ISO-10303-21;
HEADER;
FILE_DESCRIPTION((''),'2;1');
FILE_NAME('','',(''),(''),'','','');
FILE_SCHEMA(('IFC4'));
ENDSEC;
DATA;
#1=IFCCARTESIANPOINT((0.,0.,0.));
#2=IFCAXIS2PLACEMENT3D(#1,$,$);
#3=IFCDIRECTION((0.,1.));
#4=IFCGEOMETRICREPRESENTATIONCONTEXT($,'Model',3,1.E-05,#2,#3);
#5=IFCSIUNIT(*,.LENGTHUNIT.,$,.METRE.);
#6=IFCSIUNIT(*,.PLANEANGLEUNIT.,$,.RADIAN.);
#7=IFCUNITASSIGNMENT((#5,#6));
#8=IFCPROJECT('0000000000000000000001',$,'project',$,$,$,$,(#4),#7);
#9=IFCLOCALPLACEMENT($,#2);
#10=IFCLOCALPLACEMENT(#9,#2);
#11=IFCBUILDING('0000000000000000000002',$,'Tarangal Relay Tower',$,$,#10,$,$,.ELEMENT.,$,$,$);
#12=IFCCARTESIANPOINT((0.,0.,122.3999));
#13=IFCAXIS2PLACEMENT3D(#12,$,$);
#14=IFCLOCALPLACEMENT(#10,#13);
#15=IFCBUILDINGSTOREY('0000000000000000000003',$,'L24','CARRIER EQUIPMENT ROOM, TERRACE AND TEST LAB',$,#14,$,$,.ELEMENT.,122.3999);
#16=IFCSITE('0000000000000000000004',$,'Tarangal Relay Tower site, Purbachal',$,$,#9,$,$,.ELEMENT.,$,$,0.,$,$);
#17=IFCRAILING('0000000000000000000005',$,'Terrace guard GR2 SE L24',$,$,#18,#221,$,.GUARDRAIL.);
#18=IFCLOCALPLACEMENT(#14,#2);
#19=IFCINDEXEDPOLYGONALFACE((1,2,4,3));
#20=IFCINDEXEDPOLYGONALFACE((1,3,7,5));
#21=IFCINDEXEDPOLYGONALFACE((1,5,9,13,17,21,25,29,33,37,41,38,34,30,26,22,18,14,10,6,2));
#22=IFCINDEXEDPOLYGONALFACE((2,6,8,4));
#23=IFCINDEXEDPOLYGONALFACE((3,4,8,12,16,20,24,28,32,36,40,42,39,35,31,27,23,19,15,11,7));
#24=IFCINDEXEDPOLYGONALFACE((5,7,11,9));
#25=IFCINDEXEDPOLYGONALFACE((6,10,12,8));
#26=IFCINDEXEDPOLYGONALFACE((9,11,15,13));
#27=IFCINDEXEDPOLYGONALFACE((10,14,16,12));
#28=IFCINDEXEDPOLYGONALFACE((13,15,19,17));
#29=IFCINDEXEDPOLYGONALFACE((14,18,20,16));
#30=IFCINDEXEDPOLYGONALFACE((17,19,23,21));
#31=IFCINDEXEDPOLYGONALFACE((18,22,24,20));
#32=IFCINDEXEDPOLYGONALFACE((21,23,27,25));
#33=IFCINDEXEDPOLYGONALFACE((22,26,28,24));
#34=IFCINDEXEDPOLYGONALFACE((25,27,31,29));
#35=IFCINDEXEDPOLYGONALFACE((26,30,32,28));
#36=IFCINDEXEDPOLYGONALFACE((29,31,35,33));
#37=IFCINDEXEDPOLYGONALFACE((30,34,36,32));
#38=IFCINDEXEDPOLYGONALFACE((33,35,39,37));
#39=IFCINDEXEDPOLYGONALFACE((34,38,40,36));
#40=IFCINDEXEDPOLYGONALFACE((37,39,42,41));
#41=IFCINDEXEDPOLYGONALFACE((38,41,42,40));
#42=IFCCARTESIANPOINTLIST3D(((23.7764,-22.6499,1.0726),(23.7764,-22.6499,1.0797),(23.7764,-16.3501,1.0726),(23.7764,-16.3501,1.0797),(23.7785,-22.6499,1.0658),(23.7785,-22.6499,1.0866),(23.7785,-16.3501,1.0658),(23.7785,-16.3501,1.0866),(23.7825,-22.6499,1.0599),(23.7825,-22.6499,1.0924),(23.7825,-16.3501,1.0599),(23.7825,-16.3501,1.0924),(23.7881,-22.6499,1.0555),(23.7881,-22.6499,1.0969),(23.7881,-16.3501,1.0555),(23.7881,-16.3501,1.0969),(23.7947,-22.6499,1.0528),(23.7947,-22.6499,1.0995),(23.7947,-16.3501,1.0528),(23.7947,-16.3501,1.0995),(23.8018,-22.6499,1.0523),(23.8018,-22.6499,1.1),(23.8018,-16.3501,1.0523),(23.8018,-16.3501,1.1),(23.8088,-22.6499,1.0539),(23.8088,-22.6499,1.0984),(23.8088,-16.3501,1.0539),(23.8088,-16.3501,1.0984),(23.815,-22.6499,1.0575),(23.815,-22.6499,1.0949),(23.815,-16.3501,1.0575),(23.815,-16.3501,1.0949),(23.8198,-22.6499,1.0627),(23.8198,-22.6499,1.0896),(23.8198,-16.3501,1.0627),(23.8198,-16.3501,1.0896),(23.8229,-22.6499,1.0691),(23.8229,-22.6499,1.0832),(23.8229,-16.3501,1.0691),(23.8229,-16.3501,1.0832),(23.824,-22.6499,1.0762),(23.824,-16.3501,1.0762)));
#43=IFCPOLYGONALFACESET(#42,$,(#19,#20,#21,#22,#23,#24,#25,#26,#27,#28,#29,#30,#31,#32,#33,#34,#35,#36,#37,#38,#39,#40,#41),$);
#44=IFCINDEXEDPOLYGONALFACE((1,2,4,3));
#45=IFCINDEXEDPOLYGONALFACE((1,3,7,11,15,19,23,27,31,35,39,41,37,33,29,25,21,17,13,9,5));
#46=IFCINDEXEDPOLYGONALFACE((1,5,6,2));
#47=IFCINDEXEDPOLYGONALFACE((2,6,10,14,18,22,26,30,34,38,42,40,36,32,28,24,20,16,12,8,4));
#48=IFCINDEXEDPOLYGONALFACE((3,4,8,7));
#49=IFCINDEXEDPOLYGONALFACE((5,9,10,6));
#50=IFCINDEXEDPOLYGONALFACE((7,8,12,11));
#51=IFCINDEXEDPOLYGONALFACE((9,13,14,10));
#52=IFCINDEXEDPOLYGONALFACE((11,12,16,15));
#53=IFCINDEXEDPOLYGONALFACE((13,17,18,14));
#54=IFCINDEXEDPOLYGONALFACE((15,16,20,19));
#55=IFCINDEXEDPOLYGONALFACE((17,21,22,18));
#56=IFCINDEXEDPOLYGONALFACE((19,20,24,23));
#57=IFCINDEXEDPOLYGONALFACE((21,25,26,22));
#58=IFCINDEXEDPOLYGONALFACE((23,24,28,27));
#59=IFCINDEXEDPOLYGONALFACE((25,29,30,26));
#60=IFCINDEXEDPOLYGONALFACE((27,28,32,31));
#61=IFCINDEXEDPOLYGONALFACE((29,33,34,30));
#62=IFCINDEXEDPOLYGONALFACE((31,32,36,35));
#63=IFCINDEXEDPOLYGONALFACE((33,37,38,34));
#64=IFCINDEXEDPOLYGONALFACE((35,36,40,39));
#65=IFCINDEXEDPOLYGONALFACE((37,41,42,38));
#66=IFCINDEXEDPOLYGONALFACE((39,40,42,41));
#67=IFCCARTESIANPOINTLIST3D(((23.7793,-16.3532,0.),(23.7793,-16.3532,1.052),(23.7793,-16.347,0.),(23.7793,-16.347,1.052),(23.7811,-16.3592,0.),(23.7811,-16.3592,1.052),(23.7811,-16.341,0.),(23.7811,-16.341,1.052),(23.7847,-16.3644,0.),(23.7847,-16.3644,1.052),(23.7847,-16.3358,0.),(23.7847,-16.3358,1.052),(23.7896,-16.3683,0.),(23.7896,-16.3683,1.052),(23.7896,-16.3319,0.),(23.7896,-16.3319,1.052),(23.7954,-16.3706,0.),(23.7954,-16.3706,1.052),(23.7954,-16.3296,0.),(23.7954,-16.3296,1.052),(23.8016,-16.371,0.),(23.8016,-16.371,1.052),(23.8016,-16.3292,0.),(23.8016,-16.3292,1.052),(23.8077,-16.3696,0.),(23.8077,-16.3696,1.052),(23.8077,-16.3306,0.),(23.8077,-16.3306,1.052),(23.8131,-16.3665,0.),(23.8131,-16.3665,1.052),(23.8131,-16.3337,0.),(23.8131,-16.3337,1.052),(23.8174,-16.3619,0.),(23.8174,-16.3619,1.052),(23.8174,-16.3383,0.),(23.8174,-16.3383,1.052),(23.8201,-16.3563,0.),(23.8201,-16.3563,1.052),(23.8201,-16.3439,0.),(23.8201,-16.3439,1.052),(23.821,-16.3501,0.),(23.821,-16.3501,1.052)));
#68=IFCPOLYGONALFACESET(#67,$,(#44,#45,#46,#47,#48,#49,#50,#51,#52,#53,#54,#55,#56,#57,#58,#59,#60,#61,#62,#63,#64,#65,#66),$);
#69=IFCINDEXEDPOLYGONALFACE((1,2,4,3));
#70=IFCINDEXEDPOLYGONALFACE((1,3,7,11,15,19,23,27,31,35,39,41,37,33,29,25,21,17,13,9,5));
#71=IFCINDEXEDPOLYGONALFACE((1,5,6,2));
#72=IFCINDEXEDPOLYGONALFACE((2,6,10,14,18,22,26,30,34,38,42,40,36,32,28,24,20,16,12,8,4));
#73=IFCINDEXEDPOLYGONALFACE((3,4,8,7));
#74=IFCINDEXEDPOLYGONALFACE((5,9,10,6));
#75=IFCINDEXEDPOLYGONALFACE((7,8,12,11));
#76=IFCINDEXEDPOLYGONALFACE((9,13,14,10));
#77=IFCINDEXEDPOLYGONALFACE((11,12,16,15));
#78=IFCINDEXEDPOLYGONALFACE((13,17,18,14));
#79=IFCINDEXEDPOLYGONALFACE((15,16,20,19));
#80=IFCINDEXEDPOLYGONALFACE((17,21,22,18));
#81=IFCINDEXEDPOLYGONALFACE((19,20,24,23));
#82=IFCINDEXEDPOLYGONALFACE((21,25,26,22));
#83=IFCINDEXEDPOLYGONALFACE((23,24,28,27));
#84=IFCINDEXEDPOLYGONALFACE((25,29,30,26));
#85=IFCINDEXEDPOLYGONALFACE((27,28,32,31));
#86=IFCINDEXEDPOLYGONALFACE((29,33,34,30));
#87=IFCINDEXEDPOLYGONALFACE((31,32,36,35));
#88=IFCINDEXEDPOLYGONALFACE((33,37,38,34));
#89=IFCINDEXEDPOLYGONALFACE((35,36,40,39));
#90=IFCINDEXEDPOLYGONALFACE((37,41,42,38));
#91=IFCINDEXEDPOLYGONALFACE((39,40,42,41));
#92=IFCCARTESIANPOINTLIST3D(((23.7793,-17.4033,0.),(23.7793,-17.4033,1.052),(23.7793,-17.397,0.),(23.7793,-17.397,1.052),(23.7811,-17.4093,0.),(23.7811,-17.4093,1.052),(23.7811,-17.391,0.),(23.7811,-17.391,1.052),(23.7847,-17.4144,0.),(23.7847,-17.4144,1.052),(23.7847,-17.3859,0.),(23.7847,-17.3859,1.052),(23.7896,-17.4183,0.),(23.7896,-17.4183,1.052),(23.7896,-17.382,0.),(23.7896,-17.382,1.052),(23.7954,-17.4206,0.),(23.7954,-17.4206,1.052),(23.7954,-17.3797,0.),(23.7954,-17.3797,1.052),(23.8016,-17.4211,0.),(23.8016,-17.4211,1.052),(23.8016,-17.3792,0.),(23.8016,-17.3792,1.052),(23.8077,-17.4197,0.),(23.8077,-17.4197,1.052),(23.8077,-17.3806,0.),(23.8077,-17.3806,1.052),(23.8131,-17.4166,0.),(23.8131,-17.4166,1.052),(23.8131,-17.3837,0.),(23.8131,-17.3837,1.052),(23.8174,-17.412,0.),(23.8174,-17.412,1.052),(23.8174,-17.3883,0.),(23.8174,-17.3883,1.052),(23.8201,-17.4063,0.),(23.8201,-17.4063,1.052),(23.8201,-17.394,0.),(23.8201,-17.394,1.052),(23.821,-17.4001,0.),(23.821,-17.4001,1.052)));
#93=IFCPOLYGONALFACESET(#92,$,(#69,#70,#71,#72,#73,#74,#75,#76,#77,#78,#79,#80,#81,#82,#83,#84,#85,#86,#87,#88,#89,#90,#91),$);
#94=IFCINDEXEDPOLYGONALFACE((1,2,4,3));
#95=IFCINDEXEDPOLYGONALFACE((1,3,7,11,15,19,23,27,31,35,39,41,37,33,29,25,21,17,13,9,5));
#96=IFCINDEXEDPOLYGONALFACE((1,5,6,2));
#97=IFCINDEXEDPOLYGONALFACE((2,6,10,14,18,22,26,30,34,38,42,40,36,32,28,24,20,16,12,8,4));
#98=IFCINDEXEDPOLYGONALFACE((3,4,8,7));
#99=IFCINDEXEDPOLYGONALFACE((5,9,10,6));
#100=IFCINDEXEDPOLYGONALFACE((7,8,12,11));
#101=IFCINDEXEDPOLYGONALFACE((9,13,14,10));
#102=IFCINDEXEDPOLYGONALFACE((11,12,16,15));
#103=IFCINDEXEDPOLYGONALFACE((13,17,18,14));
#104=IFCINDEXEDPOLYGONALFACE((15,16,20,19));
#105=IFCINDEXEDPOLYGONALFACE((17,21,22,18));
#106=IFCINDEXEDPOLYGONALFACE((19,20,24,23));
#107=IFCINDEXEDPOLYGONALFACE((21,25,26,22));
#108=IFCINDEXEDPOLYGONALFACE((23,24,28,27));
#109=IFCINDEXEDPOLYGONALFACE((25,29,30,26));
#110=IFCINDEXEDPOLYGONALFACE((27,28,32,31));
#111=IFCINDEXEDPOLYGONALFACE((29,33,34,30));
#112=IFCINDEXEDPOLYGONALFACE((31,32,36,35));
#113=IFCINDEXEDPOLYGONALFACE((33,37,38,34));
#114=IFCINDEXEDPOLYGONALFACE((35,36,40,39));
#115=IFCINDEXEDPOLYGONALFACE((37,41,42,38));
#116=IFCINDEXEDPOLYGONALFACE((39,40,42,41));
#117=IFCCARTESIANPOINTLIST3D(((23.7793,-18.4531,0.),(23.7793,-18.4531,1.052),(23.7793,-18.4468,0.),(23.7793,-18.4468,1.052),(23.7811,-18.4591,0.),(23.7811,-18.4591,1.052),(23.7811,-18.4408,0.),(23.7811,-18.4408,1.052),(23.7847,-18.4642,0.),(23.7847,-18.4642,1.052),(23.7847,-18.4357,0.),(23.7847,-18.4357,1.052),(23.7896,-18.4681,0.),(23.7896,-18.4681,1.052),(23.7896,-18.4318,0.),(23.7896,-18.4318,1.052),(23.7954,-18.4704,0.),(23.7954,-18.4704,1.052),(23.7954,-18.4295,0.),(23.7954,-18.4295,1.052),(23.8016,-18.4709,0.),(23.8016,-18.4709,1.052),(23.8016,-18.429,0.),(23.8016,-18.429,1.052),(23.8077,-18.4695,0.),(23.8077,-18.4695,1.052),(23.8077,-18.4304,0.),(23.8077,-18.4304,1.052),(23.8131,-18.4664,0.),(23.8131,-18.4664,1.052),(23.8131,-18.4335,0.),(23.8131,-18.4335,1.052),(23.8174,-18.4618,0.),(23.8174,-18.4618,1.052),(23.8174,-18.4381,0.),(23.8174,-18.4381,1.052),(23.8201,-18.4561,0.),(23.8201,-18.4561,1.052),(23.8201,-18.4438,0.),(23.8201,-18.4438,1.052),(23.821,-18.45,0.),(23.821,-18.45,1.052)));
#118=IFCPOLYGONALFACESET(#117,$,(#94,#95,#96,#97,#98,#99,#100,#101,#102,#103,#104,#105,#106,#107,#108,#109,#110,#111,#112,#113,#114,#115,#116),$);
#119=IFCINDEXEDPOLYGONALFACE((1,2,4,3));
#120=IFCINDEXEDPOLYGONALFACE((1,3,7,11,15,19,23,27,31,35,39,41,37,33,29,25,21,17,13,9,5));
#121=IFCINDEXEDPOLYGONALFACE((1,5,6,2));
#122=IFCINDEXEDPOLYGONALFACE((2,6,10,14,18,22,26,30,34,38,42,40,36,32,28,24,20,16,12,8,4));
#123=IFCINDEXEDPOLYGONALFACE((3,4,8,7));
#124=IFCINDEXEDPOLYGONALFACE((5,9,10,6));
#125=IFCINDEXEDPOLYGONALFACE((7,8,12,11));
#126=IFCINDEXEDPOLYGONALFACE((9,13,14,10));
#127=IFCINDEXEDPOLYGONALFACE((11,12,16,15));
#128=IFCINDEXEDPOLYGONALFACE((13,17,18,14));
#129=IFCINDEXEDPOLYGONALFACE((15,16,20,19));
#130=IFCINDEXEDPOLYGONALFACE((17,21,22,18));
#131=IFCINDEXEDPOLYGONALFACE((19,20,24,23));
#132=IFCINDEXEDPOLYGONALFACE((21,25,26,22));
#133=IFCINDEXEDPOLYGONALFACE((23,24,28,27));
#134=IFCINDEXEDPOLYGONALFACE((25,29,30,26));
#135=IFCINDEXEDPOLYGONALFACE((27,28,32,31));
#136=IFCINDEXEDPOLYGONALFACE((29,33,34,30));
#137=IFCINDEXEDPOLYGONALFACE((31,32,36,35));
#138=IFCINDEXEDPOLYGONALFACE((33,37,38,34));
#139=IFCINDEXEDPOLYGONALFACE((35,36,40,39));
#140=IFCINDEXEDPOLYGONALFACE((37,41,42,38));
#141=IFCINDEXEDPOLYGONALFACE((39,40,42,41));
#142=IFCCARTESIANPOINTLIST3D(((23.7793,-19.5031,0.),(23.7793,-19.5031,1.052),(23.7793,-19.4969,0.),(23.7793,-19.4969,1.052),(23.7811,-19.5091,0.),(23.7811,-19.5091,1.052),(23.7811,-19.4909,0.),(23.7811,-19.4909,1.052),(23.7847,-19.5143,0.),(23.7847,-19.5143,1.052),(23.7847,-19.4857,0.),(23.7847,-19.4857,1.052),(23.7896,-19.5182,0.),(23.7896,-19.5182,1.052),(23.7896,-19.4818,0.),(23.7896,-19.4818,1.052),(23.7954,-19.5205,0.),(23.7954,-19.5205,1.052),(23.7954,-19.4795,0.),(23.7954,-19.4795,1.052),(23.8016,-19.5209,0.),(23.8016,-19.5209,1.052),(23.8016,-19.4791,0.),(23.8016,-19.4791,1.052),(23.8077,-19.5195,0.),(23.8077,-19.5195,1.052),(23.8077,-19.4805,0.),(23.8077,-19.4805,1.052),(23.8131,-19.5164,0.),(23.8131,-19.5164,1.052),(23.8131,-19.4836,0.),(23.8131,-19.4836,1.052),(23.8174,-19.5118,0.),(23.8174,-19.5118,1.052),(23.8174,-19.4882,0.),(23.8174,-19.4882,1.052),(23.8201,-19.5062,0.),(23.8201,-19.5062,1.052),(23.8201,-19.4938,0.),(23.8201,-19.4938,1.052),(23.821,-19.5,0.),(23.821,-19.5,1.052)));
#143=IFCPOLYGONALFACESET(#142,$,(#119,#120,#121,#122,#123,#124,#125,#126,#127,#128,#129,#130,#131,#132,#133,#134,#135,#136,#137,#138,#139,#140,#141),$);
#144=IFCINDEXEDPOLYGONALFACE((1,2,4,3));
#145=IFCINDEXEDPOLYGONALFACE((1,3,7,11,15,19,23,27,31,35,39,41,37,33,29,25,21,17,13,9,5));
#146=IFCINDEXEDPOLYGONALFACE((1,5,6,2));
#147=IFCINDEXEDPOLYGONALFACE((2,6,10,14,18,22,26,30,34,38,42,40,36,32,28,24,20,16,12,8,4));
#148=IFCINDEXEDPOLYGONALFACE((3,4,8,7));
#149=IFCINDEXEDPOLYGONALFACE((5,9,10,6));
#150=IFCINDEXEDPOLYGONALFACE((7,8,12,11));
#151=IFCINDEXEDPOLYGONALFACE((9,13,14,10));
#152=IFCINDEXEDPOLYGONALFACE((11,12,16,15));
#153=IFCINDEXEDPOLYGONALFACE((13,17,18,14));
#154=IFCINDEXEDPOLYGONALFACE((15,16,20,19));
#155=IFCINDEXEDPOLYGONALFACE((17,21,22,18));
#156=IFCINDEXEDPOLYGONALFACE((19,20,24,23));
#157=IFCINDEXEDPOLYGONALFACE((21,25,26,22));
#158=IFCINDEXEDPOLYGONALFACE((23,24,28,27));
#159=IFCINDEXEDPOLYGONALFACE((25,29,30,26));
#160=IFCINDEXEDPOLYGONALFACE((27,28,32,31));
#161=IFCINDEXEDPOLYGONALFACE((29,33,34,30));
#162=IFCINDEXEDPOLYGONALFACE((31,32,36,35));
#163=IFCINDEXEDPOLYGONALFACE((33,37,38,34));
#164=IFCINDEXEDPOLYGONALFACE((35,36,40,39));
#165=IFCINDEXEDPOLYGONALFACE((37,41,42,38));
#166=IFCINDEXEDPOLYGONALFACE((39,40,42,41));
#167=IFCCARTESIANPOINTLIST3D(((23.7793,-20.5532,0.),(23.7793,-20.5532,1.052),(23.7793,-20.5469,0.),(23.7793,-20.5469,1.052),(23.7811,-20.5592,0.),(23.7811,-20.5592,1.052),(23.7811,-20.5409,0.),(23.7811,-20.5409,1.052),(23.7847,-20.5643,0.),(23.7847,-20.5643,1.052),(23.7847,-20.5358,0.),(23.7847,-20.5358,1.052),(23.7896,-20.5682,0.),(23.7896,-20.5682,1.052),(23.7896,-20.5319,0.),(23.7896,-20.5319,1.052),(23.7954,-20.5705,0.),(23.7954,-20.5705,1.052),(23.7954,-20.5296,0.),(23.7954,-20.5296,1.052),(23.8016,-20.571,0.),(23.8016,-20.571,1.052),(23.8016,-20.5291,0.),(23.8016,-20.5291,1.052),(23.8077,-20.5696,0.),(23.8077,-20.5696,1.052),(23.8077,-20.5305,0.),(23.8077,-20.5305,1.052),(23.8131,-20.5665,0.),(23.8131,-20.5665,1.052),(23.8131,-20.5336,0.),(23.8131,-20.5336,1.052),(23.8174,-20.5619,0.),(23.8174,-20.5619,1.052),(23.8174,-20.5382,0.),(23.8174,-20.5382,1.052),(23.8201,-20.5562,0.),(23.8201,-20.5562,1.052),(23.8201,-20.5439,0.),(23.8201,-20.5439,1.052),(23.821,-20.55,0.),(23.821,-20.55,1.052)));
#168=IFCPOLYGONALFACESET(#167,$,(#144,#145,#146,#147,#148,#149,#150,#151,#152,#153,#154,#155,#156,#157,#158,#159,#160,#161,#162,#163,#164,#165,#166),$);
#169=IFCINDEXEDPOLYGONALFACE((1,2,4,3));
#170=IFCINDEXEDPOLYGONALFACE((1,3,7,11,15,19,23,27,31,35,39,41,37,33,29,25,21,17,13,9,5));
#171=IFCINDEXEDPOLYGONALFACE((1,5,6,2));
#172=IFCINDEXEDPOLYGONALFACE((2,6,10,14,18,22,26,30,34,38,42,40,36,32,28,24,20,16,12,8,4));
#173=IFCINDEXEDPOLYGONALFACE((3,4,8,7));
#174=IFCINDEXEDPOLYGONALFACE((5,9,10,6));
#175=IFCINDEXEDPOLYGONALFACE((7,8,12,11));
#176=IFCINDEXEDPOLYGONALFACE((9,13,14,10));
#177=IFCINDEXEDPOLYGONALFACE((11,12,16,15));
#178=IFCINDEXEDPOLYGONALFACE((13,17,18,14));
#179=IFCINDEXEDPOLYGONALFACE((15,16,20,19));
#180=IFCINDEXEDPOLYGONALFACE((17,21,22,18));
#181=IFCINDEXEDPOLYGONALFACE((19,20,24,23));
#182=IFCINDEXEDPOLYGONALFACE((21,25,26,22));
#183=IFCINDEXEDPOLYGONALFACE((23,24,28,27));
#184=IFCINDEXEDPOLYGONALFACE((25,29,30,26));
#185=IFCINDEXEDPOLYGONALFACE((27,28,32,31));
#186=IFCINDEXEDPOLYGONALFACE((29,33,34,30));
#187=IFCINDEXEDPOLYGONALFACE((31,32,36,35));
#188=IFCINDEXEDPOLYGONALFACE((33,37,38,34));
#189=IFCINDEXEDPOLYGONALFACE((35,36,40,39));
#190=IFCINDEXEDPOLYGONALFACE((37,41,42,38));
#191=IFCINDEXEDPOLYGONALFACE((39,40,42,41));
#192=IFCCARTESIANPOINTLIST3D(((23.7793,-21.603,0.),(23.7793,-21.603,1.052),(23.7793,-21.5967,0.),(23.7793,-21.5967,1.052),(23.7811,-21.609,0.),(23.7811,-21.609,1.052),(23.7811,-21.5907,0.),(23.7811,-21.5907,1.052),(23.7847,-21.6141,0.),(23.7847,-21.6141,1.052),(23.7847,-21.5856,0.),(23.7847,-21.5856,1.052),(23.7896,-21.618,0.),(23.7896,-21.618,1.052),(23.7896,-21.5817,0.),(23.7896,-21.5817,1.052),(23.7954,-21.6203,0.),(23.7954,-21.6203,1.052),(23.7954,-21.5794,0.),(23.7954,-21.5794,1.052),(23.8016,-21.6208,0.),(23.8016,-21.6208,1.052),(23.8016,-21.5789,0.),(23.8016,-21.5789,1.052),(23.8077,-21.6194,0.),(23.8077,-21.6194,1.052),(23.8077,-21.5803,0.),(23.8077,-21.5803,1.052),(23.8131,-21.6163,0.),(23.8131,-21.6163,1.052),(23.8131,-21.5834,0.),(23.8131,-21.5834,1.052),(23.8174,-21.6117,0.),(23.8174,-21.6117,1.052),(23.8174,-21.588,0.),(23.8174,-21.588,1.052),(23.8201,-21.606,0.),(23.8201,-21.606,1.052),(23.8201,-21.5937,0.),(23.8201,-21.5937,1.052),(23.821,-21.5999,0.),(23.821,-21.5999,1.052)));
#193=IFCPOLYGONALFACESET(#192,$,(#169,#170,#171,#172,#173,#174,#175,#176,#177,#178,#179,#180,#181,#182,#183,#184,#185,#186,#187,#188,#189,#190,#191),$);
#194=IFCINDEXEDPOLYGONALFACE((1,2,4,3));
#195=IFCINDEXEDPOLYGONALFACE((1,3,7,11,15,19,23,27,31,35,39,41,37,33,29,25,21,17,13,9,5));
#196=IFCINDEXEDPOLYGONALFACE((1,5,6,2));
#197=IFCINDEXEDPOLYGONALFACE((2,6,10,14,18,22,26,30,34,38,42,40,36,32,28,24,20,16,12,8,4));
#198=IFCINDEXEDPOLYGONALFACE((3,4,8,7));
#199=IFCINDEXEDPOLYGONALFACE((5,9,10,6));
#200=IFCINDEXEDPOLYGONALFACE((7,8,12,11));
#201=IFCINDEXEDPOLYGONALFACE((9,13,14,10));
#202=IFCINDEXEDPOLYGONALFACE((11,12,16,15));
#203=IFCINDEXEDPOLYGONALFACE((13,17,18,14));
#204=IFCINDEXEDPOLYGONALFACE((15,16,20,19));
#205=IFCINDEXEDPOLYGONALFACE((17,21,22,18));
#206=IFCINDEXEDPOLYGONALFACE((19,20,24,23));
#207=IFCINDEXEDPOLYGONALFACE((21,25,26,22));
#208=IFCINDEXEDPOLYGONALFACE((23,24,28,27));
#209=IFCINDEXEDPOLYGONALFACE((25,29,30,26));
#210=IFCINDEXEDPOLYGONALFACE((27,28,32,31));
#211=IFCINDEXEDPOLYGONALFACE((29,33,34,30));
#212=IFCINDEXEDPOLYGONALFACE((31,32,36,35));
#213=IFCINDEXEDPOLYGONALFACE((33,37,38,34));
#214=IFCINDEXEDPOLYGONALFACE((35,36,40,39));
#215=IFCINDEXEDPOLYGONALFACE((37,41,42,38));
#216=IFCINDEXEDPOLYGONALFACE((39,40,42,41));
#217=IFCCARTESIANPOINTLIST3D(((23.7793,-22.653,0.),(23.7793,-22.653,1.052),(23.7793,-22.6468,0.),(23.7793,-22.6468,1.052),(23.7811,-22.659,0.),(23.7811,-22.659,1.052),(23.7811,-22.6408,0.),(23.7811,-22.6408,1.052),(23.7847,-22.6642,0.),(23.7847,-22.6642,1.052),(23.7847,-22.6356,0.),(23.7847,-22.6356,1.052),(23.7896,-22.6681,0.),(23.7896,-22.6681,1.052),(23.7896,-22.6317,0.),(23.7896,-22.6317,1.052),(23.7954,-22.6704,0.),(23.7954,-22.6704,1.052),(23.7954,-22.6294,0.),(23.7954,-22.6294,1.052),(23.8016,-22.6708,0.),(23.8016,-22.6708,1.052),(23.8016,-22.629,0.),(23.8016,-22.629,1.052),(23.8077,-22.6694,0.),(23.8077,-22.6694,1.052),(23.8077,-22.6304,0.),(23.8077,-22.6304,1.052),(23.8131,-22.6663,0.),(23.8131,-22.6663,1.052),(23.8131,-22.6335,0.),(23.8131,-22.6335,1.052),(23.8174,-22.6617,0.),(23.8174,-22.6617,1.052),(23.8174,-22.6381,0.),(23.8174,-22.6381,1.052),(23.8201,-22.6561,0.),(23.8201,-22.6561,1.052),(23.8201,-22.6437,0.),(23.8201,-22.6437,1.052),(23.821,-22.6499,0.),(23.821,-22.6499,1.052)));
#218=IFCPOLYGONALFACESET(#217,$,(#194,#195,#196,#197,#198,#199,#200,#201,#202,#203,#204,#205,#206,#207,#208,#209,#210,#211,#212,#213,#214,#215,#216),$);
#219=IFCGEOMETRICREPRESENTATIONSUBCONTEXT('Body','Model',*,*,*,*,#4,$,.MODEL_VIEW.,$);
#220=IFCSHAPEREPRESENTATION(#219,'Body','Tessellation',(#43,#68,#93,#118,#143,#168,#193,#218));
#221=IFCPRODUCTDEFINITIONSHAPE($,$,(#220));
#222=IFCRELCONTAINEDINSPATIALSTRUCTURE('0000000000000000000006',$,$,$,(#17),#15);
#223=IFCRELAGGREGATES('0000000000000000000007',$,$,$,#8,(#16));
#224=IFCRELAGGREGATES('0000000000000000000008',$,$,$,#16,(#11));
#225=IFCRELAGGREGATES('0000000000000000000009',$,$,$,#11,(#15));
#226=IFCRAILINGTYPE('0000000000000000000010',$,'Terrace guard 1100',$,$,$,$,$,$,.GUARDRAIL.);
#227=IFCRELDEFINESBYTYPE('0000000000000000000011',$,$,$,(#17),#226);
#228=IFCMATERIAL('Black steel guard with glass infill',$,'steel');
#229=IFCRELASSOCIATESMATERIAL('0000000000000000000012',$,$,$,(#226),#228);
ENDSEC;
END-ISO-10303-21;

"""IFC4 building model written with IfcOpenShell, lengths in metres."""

from ifc_helpers import new_model, si_unit, direction, frame, origin, origin_2d, place, context, subcontext, project, spatial, circle, extrude, material, type_object, element, save


model = new_model("IFC4")

# Units and contexts
model_context = context("Model", 3, precision=1e-05, world=origin(), true_north=direction((0.0, 1.0)))
body_context = subcontext(model_context, "Body", "Model", "MODEL_VIEW")
ifc_project = project(units=[si_unit("LENGTHUNIT", "METRE"), si_unit("PLANEANGLEUNIT", "RADIAN")], contexts=[model_context])

# Site, building, storey
site_placement = place(None, origin())
site = spatial("IfcSite", under=ifc_project, at=site_placement, Name="Tarangal Relay Tower site, Purbachal", CompositionType="ELEMENT", RefElevation=0.0)
building_placement = place(site_placement, origin())
building = spatial("IfcBuilding", under=site, at=building_placement, Name="Tarangal Relay Tower", CompositionType="ELEMENT")
storey_placement = place(building_placement, frame((0.0, 0.0, 122.3999)))
storey = spatial("IfcBuildingStorey", under=building, at=storey_placement, Name="L24", Description="CARRIER EQUIPMENT ROOM, TERRACE AND TEST LAB", CompositionType="ELEMENT", Elevation=122.3999)

# Railing
ifc_material_1 = material(Name="Black steel guard with glass infill", Category="steel")
railing_type = type_object("IfcRailingType", Name="Terrace guard 1100", PredefinedType="GUARDRAIL", material=ifc_material_1)
railing_1_placement = place(storey_placement, frame((23.8, -16.3501, 0.0)))
element("IfcRailing", 1, at=railing_1_placement, inside=storey, type_object=railing_type, Name="Terrace guard GR2 SE L24", PredefinedType="GUARDRAIL", context=body_context, shape_type="SweptSolid", body=[
    extrude(circle(Radius=0.0239, at=origin_2d()), frame((0.0, 0.0, 1.0762), z_axis=(0.0, -1.0, 0.0), x_axis=(1.0, 0.0, 0.0)), (0.0, 0.0, 1.0), 6.2998),
    extrude(circle(Radius=0.021, at=origin_2d()), origin(), (0.0, 0.0, 1.0), 1.052),
    extrude(circle(Radius=0.021, at=origin_2d()), frame((0.0, -1.05, 0.0)), (0.0, 0.0, 1.0), 1.052),
    extrude(circle(Radius=0.021, at=origin_2d()), frame((0.0, -2.0999, 0.0)), (0.0, 0.0, 1.0), 1.052),
    extrude(circle(Radius=0.021, at=origin_2d()), frame((0.0, -3.1499, 0.0)), (0.0, 0.0, 1.0), 1.052),
    extrude(circle(Radius=0.021, at=origin_2d()), frame((0.0, -4.2, 0.0)), (0.0, 0.0, 1.0), 1.052),
    extrude(circle(Radius=0.021, at=origin_2d()), frame((0.0, -5.2498, 0.0)), (0.0, 0.0, 1.0), 1.052),
    extrude(circle(Radius=0.021, at=origin_2d()), frame((0.0, -6.2998, 0.0)), (0.0, 0.0, 1.0), 1.052),
])

save(model, "model.ifc")
